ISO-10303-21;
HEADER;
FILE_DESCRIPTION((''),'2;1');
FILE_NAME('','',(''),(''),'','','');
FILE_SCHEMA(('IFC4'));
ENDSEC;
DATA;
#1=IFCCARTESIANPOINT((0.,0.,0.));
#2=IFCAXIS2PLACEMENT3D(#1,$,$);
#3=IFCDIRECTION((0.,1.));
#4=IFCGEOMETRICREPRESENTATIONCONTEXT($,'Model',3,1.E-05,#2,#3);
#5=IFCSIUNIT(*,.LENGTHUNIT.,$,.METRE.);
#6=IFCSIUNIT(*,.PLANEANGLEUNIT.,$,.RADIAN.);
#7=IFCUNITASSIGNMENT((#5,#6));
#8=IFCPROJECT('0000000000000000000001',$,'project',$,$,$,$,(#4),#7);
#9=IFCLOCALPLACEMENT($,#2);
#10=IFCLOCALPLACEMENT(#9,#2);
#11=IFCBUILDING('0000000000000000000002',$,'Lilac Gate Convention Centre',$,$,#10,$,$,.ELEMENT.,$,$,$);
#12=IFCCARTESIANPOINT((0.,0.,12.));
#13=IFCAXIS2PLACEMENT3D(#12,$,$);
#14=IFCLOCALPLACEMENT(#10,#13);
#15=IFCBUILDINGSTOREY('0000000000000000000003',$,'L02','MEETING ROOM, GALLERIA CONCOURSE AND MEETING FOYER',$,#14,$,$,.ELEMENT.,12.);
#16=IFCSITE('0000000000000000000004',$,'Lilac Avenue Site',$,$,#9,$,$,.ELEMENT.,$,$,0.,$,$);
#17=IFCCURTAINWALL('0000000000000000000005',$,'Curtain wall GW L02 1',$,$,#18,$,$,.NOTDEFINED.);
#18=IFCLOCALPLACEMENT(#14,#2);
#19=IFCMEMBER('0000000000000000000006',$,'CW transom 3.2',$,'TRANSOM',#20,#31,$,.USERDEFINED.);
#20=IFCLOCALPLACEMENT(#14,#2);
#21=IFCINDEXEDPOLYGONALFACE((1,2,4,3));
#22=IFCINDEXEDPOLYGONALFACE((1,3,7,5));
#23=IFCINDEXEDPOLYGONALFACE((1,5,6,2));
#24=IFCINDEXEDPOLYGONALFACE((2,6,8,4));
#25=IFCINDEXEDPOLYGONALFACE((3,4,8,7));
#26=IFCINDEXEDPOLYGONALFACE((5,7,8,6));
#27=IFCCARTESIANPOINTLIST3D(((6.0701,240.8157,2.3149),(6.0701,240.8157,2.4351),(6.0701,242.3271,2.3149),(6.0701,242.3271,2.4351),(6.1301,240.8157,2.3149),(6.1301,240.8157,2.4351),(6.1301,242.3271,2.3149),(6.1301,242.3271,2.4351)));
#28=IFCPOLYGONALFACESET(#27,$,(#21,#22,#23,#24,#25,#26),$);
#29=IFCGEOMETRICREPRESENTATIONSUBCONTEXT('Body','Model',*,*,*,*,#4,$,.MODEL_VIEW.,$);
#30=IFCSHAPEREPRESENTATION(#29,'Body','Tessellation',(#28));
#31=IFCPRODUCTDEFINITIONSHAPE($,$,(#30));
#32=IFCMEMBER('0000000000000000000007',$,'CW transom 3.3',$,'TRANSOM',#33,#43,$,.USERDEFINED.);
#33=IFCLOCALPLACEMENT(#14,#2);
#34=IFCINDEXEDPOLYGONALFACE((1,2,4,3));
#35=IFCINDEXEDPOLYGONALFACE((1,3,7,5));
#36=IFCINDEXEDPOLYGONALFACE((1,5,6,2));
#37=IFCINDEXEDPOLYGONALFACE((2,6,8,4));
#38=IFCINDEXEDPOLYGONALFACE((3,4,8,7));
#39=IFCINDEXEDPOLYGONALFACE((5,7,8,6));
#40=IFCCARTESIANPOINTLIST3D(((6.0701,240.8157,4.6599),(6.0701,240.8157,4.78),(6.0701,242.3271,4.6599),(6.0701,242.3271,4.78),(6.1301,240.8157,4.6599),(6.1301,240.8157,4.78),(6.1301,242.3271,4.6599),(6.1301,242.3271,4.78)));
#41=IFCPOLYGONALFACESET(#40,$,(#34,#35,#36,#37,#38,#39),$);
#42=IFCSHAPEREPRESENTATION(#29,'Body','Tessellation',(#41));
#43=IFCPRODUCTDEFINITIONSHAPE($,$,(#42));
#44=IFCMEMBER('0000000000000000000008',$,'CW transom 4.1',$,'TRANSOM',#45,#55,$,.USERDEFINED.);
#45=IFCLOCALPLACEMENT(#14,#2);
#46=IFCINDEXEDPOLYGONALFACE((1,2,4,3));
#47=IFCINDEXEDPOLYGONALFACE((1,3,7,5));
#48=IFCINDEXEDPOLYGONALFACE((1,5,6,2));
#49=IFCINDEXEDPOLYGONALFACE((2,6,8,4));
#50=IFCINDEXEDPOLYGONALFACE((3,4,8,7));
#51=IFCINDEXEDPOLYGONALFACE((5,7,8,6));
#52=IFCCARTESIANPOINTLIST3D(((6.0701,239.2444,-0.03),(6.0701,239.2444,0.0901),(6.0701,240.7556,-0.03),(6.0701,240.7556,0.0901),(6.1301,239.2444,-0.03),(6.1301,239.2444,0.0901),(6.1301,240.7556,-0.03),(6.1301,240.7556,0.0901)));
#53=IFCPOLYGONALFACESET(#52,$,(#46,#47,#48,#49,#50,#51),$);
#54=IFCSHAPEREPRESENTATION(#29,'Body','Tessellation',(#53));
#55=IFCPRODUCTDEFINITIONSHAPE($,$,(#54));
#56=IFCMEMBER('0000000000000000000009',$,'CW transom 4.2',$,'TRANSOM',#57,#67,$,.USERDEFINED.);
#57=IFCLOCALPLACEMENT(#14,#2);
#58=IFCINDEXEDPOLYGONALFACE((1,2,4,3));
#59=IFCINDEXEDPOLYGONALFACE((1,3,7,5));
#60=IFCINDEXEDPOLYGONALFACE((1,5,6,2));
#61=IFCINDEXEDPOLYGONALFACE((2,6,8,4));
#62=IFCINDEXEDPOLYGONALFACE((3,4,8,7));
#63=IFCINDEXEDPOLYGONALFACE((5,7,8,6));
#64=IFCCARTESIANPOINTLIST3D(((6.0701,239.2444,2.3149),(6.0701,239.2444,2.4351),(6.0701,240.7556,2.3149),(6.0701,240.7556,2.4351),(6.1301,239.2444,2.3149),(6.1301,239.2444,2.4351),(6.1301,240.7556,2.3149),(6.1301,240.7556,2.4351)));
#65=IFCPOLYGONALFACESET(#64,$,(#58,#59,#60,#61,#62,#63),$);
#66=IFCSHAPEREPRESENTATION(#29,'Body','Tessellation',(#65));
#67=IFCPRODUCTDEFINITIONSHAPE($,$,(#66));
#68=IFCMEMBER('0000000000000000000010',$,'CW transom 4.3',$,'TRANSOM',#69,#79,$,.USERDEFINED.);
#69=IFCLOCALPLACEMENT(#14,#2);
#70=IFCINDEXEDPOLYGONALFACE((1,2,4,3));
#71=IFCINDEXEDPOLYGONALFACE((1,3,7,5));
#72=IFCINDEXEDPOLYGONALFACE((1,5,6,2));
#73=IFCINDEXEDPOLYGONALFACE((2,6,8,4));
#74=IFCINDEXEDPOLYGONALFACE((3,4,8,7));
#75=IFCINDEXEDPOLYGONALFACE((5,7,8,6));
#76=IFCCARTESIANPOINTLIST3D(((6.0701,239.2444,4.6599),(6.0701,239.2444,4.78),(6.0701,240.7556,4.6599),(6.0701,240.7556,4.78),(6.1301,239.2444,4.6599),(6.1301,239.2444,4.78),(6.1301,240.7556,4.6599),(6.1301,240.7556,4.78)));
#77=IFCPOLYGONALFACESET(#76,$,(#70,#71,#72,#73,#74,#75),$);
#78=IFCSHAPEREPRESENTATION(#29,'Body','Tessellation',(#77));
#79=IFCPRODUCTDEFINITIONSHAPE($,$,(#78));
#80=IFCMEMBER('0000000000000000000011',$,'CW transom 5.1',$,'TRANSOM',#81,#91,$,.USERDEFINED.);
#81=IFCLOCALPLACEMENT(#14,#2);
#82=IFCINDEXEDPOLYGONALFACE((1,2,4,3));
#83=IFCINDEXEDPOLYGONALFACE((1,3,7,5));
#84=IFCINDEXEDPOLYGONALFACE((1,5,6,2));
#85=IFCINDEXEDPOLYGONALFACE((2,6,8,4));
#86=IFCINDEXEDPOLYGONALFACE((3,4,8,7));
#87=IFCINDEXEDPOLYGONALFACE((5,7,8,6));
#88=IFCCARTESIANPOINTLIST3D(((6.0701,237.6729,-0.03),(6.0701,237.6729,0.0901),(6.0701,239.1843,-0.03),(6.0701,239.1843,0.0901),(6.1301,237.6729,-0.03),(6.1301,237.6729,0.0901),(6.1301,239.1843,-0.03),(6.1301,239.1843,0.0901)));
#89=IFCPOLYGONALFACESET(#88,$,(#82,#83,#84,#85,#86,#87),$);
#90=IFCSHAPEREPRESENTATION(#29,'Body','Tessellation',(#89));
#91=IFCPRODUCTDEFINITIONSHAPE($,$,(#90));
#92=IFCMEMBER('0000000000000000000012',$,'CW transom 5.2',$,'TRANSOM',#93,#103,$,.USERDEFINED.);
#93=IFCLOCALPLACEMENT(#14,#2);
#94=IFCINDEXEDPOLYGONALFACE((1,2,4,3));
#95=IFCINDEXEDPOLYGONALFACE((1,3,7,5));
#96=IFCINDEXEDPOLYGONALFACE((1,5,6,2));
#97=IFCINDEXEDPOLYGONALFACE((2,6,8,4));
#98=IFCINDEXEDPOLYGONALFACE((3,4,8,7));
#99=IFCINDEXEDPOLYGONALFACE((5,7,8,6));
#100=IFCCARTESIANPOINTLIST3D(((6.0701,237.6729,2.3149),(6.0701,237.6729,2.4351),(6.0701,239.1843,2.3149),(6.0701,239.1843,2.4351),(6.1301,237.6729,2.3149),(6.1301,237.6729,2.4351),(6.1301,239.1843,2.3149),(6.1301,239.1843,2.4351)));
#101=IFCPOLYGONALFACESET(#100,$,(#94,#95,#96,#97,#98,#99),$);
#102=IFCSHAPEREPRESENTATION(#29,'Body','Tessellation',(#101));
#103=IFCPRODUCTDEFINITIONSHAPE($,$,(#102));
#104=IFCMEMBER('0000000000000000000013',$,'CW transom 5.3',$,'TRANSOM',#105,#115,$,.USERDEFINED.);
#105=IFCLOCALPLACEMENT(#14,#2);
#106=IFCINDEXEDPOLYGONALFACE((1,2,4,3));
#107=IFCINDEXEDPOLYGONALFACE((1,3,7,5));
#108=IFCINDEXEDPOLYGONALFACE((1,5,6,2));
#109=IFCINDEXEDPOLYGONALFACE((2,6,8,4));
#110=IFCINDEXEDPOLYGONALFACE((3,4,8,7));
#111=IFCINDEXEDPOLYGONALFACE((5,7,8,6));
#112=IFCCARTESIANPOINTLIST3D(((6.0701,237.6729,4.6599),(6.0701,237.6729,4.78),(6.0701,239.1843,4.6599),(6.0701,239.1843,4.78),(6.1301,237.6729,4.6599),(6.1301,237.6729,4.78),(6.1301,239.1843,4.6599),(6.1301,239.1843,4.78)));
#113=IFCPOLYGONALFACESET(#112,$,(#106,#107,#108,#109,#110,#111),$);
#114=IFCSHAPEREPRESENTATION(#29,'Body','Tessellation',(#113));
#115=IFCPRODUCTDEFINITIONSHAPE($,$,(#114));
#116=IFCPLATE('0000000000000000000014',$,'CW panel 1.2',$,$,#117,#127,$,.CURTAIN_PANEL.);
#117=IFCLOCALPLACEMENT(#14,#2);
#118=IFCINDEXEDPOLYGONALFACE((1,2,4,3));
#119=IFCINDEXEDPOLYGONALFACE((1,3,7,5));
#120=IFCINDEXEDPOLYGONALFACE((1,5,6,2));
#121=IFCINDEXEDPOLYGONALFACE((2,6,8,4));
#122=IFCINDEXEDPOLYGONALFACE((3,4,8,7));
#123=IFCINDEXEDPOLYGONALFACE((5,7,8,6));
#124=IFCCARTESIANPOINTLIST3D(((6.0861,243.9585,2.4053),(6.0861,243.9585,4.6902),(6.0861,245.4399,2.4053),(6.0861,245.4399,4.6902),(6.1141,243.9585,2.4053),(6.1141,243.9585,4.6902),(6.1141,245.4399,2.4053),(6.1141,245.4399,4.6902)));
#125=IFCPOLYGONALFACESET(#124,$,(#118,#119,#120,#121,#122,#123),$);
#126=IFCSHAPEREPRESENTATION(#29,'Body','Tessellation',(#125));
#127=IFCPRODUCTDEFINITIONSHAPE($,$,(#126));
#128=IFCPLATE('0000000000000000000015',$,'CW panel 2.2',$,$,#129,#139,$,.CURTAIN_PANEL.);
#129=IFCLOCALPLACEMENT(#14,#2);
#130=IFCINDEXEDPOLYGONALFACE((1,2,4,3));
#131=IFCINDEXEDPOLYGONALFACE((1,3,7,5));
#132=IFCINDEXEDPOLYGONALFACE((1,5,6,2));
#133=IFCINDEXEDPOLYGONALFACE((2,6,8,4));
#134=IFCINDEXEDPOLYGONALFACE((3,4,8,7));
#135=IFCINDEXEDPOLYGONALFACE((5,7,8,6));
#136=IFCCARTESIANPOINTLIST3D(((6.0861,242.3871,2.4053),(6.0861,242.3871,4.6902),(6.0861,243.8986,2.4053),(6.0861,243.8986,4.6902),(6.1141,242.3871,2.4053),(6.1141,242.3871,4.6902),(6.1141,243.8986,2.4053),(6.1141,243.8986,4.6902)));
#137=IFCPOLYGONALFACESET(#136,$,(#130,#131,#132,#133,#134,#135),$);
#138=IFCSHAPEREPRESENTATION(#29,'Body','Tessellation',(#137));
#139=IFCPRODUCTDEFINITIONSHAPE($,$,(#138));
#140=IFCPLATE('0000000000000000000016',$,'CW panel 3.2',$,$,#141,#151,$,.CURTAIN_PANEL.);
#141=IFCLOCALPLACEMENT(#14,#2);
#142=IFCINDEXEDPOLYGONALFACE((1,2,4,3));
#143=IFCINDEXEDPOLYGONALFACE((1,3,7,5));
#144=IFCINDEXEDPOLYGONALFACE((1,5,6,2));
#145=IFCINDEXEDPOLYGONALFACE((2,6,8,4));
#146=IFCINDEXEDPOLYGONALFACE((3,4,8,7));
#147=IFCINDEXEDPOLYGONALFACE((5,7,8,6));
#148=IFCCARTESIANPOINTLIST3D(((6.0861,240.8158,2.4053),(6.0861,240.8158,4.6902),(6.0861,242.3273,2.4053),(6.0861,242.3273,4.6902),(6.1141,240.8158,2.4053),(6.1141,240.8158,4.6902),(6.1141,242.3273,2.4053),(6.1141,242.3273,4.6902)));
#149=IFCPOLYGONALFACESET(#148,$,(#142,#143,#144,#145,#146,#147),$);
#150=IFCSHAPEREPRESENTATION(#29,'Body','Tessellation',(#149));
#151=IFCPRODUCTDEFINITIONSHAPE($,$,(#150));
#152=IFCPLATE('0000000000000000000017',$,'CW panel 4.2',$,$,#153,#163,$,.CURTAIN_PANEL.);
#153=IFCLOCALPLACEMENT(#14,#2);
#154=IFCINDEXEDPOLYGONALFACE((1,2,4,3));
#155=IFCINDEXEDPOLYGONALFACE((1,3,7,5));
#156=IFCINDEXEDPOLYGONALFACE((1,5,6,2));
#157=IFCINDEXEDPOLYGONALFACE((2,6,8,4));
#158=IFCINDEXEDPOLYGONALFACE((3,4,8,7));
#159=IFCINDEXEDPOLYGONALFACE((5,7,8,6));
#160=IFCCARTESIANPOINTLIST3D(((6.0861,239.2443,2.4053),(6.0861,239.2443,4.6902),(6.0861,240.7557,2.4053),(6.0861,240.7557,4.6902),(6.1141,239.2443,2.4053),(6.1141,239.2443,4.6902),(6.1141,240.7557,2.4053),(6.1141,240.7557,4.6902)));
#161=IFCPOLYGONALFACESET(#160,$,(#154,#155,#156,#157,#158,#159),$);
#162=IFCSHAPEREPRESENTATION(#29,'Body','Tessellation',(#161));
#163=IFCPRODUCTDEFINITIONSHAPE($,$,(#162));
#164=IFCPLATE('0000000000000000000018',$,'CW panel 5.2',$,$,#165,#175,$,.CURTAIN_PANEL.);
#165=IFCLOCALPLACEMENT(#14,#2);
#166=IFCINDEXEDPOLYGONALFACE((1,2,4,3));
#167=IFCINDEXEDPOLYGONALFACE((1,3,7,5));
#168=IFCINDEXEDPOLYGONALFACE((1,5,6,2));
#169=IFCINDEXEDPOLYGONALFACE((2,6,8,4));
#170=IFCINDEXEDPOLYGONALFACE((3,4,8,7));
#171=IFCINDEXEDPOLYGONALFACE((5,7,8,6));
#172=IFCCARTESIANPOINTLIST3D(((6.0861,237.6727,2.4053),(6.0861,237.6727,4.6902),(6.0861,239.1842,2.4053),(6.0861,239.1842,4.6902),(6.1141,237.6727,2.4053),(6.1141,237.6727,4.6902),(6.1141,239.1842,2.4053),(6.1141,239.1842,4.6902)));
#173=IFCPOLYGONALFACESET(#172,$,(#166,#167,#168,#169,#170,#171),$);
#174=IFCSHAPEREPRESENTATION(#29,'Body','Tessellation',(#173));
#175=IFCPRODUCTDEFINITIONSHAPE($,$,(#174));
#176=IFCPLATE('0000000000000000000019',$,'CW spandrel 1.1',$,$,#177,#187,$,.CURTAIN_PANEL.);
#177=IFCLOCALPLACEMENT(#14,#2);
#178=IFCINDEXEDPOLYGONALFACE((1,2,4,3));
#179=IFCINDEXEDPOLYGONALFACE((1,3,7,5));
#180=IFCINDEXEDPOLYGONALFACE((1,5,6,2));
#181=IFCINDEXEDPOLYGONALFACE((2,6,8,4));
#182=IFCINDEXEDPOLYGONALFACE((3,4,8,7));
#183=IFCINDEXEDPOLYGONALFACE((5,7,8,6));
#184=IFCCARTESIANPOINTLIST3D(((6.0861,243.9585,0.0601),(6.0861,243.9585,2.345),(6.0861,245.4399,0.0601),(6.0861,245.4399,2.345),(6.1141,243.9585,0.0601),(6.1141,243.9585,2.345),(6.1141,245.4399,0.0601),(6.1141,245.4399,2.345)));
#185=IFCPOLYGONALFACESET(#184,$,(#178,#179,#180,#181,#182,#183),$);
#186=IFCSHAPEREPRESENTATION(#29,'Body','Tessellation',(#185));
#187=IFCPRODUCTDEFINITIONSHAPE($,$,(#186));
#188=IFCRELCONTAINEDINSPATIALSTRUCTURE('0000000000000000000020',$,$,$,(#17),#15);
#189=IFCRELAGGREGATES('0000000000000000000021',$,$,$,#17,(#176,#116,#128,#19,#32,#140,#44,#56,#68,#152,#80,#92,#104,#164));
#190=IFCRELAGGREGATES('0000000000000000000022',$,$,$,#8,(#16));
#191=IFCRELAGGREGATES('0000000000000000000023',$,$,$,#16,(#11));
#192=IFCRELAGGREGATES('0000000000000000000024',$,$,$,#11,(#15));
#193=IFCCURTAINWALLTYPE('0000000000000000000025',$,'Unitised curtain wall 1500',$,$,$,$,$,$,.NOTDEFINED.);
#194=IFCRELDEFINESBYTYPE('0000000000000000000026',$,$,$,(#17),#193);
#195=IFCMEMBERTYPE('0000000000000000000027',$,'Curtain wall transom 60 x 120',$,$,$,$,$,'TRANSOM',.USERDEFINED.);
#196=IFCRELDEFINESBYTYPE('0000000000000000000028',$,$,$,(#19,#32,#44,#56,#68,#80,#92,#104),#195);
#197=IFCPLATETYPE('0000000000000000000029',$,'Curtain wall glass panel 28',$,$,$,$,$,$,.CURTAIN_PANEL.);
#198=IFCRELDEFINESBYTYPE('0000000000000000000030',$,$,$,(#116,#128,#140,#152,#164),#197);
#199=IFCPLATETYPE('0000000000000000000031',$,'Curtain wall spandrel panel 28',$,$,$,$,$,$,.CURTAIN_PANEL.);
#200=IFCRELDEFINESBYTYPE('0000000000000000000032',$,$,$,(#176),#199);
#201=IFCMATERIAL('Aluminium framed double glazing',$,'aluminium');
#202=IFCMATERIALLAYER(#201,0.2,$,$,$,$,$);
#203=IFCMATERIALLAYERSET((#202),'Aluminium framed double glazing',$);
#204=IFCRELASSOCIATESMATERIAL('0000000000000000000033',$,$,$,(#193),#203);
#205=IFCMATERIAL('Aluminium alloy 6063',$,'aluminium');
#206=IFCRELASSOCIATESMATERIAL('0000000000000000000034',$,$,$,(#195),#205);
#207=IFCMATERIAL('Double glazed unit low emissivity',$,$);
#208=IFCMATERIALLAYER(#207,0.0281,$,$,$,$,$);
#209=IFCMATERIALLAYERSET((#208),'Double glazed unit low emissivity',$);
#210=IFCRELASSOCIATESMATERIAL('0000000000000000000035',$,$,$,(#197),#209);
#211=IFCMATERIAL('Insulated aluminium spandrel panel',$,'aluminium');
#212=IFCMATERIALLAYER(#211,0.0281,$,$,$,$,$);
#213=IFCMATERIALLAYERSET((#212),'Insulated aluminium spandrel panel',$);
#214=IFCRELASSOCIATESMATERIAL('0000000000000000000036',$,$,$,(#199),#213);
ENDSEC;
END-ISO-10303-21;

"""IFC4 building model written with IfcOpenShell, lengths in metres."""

from ifc_helpers import new_model, si_unit, direction, frame, origin, origin_2d, place, context, subcontext, project, spatial, rectangle, extrude, material, layer, layer_set, material_profile, profile_set, type_object, element, aggregate, save


model = new_model("IFC4")

# Units and contexts
model_context = context("Model", 3, precision=1e-05, world=origin(), true_north=direction((0.0, 1.0)))
body_context = subcontext(model_context, "Body", "Model", "MODEL_VIEW")
ifc_project = project(units=[si_unit("LENGTHUNIT", "METRE"), si_unit("PLANEANGLEUNIT", "RADIAN")], contexts=[model_context])

# Site, building, storey
site_placement = place(None, origin())
site = spatial("IfcSite", under=ifc_project, at=site_placement, Name="Lilac Avenue Site", CompositionType="ELEMENT", RefElevation=0.0)
building_placement = place(site_placement, origin())
building = spatial("IfcBuilding", under=site, at=building_placement, Name="Lilac Gate Convention Centre", CompositionType="ELEMENT")
storey_placement = place(building_placement, frame((0.0, 0.0, 12.0)))
storey = spatial("IfcBuildingStorey", under=building, at=storey_placement, Name="L02", Description="MEETING ROOM, GALLERIA CONCOURSE AND MEETING FOYER", CompositionType="ELEMENT", Elevation=12.0)

# Curtain wall, members, plates
ifc_material_1 = material(Name="Aluminium framed double glazing", Category="aluminium")
ifc_layer_1 = layer(ifc_material_1, 0.2)
ifc_layer_set_1 = layer_set([ifc_layer_1], Name="Aluminium framed double glazing")
curtain_wall_type = type_object("IfcCurtainWallType", Name="Unitised curtain wall 1500", PredefinedType="NOTDEFINED", material=ifc_layer_set_1)
curtain_wall_placement = place(storey_placement, origin())
curtain_wall = element("IfcCurtainWall", 1, at=curtain_wall_placement, inside=storey, type_object=curtain_wall_type, Name="Curtain wall GW L02 1", PredefinedType="NOTDEFINED")
ifc_material_2 = material(Name="Aluminium alloy 6063", Category="aluminium")
ifc_material_profile_1 = material_profile(ifc_material_2, rectangle(XDim=0.0601, YDim=0.1201, at=origin_2d()), Name="Curtain wall transom 60 x 120")
ifc_profile_set_1 = profile_set([ifc_material_profile_1], Name="Aluminium alloy 6063")
member_type_1 = type_object("IfcMemberType", Name="Curtain wall transom 60 x 120", ElementType="TRANSOM", PredefinedType="USERDEFINED", material=ifc_profile_set_1)
member_1_placement = place(storey_placement, frame((6.1001, 242.3271, 2.375), z_axis=(0.0, -1.0, 0.0), x_axis=(1.0, 0.0, 0.0)))
member_1 = element("IfcMember", 2, at=member_1_placement, type_object=member_type_1, Name="CW transom 3.2", ObjectType="TRANSOM", PredefinedType="USERDEFINED", context=body_context, shape_type="SweptSolid", body=[
    extrude(rectangle(XDim=0.0601, YDim=0.1201, at=origin_2d()), origin(), (0.0, 0.0, 1.0), 1.5115),
])
member_2_placement = place(storey_placement, frame((6.1001, 242.3271, 4.72), z_axis=(0.0, -1.0, 0.0), x_axis=(1.0, 0.0, 0.0)))
member_2 = element("IfcMember", 3, at=member_2_placement, type_object=member_type_1, Name="CW transom 3.3", ObjectType="TRANSOM", PredefinedType="USERDEFINED", context=body_context, shape_type="SweptSolid", body=[
    extrude(rectangle(XDim=0.0601, YDim=0.1201, at=origin_2d()), origin(), (0.0, 0.0, 1.0), 1.5115),
])
member_3_placement = place(storey_placement, frame((6.1001, 240.7556, 0.03), z_axis=(0.0, -1.0, 0.0), x_axis=(1.0, 0.0, 0.0)))
member_3 = element("IfcMember", 4, at=member_3_placement, type_object=member_type_1, Name="CW transom 4.1", ObjectType="TRANSOM", PredefinedType="USERDEFINED", context=body_context, shape_type="SweptSolid", body=[
    extrude(rectangle(XDim=0.0601, YDim=0.1201, at=origin_2d()), origin(), (0.0, 0.0, 1.0), 1.5112),
])
member_4_placement = place(storey_placement, frame((6.1001, 240.7556, 2.375), z_axis=(0.0, -1.0, 0.0), x_axis=(1.0, 0.0, 0.0)))
member_4 = element("IfcMember", 5, at=member_4_placement, type_object=member_type_1, Name="CW transom 4.2", ObjectType="TRANSOM", PredefinedType="USERDEFINED", context=body_context, shape_type="SweptSolid", body=[
    extrude(rectangle(XDim=0.0601, YDim=0.1201, at=origin_2d()), origin(), (0.0, 0.0, 1.0), 1.5112),
])
member_5_placement = place(storey_placement, frame((6.1001, 240.7556, 4.72), z_axis=(0.0, -1.0, 0.0), x_axis=(1.0, 0.0, 0.0)))
member_5 = element("IfcMember", 6, at=member_5_placement, type_object=member_type_1, Name="CW transom 4.3", ObjectType="TRANSOM", PredefinedType="USERDEFINED", context=body_context, shape_type="SweptSolid", body=[
    extrude(rectangle(XDim=0.0601, YDim=0.1201, at=origin_2d()), origin(), (0.0, 0.0, 1.0), 1.5112),
])
member_6_placement = place(storey_placement, frame((6.1001, 239.1843, 0.03), z_axis=(0.0, -1.0, 0.0), x_axis=(1.0, 0.0, 0.0)))
member_6 = element("IfcMember", 7, at=member_6_placement, type_object=member_type_1, Name="CW transom 5.1", ObjectType="TRANSOM", PredefinedType="USERDEFINED", context=body_context, shape_type="SweptSolid", body=[
    extrude(rectangle(XDim=0.0601, YDim=0.1201, at=origin_2d()), origin(), (0.0, 0.0, 1.0), 1.5115),
])
member_7_placement = place(storey_placement, frame((6.1001, 239.1843, 2.375), z_axis=(0.0, -1.0, 0.0), x_axis=(1.0, 0.0, 0.0)))
member_7 = element("IfcMember", 8, at=member_7_placement, type_object=member_type_1, Name="CW transom 5.2", ObjectType="TRANSOM", PredefinedType="USERDEFINED", context=body_context, shape_type="SweptSolid", body=[
    extrude(rectangle(XDim=0.0601, YDim=0.1201, at=origin_2d()), origin(), (0.0, 0.0, 1.0), 1.5115),
])
member_8_placement = place(storey_placement, frame((6.1001, 239.1843, 4.72), z_axis=(0.0, -1.0, 0.0), x_axis=(1.0, 0.0, 0.0)))
member_8 = element("IfcMember", 9, at=member_8_placement, type_object=member_type_1, Name="CW transom 5.3", ObjectType="TRANSOM", PredefinedType="USERDEFINED", context=body_context, shape_type="SweptSolid", body=[
    extrude(rectangle(XDim=0.0601, YDim=0.1201, at=origin_2d()), origin(), (0.0, 0.0, 1.0), 1.5115),
])
ifc_material_3 = material(Name="Double glazed unit low emissivity")
ifc_layer_2 = layer(ifc_material_3, 0.0281)
ifc_layer_set_2 = layer_set([ifc_layer_2], Name="Double glazed unit low emissivity")
plate_type_1 = type_object("IfcPlateType", Name="Curtain wall glass panel 28", PredefinedType="CURTAIN_PANEL", material=ifc_layer_set_2)
plate_1_placement = place(storey_placement, frame((6.1001, 244.6992, 2.4053), z_axis=(0.0, 0.0, 1.0), x_axis=(0.0, -1.0, 0.0)))
plate_1 = element("IfcPlate", 10, at=plate_1_placement, type_object=plate_type_1, Name="CW panel 1.2", PredefinedType="CURTAIN_PANEL", context=body_context, shape_type="SweptSolid", body=[
    extrude(rectangle(XDim=1.4814, YDim=0.0281, at=origin_2d()), origin(), (0.0, 0.0, 1.0), 2.2849),
])
plate_2_placement = place(storey_placement, frame((6.1001, 243.1428, 2.4053), z_axis=(0.0, 0.0, 1.0), x_axis=(0.0, -1.0, 0.0)))
plate_2 = element("IfcPlate", 11, at=plate_2_placement, type_object=plate_type_1, Name="CW panel 2.2", PredefinedType="CURTAIN_PANEL", context=body_context, shape_type="SweptSolid", body=[
    extrude(rectangle(XDim=1.5115, YDim=0.0281, at=origin_2d()), origin(), (0.0, 0.0, 1.0), 2.2849),
])
plate_3_placement = place(storey_placement, frame((6.1001, 241.5715, 2.4053), z_axis=(0.0, 0.0, 1.0), x_axis=(0.0, -1.0, 0.0)))
plate_3 = element("IfcPlate", 12, at=plate_3_placement, type_object=plate_type_1, Name="CW panel 3.2", PredefinedType="CURTAIN_PANEL", context=body_context, shape_type="SweptSolid", body=[
    extrude(rectangle(XDim=1.5115, YDim=0.0281, at=origin_2d()), origin(), (0.0, 0.0, 1.0), 2.2849),
])
plate_4_placement = place(storey_placement, frame((6.1001, 240.0, 2.4053), z_axis=(0.0, 0.0, 1.0), x_axis=(0.0, -1.0, 0.0)))
plate_4 = element("IfcPlate", 13, at=plate_4_placement, type_object=plate_type_1, Name="CW panel 4.2", PredefinedType="CURTAIN_PANEL", context=body_context, shape_type="SweptSolid", body=[
    extrude(rectangle(XDim=1.5115, YDim=0.0281, at=origin_2d()), origin(), (0.0, 0.0, 1.0), 2.2849),
])
plate_5_placement = place(storey_placement, frame((6.1001, 238.4285, 2.4053), z_axis=(0.0, 0.0, 1.0), x_axis=(0.0, -1.0, 0.0)))
plate_5 = element("IfcPlate", 14, at=plate_5_placement, type_object=plate_type_1, Name="CW panel 5.2", PredefinedType="CURTAIN_PANEL", context=body_context, shape_type="SweptSolid", body=[
    extrude(rectangle(XDim=1.5115, YDim=0.0281, at=origin_2d()), origin(), (0.0, 0.0, 1.0), 2.2849),
])
ifc_material_4 = material(Name="Insulated aluminium spandrel panel", Category="aluminium")
ifc_layer_3 = layer(ifc_material_4, 0.0281)
ifc_layer_set_3 = layer_set([ifc_layer_3], Name="Insulated aluminium spandrel panel")
plate_type_2 = type_object("IfcPlateType", Name="Curtain wall spandrel panel 28", PredefinedType="CURTAIN_PANEL", material=ifc_layer_set_3)
plate_6_placement = place(storey_placement, frame((6.1001, 244.6992, 0.0601), z_axis=(0.0, 0.0, 1.0), x_axis=(0.0, -1.0, 0.0)))
plate_6 = element("IfcPlate", 15, at=plate_6_placement, type_object=plate_type_2, Name="CW spandrel 1.1", PredefinedType="CURTAIN_PANEL", context=body_context, shape_type="SweptSolid", body=[
    extrude(rectangle(XDim=1.4814, YDim=0.0281, at=origin_2d()), origin(), (0.0, 0.0, 1.0), 2.2849),
])
aggregate(curtain_wall, [plate_6, plate_1, plate_2, member_1, member_2, plate_3, member_3, member_4, member_5, plate_4, member_6, member_7, member_8, plate_5])

save(model, "model.ifc")
